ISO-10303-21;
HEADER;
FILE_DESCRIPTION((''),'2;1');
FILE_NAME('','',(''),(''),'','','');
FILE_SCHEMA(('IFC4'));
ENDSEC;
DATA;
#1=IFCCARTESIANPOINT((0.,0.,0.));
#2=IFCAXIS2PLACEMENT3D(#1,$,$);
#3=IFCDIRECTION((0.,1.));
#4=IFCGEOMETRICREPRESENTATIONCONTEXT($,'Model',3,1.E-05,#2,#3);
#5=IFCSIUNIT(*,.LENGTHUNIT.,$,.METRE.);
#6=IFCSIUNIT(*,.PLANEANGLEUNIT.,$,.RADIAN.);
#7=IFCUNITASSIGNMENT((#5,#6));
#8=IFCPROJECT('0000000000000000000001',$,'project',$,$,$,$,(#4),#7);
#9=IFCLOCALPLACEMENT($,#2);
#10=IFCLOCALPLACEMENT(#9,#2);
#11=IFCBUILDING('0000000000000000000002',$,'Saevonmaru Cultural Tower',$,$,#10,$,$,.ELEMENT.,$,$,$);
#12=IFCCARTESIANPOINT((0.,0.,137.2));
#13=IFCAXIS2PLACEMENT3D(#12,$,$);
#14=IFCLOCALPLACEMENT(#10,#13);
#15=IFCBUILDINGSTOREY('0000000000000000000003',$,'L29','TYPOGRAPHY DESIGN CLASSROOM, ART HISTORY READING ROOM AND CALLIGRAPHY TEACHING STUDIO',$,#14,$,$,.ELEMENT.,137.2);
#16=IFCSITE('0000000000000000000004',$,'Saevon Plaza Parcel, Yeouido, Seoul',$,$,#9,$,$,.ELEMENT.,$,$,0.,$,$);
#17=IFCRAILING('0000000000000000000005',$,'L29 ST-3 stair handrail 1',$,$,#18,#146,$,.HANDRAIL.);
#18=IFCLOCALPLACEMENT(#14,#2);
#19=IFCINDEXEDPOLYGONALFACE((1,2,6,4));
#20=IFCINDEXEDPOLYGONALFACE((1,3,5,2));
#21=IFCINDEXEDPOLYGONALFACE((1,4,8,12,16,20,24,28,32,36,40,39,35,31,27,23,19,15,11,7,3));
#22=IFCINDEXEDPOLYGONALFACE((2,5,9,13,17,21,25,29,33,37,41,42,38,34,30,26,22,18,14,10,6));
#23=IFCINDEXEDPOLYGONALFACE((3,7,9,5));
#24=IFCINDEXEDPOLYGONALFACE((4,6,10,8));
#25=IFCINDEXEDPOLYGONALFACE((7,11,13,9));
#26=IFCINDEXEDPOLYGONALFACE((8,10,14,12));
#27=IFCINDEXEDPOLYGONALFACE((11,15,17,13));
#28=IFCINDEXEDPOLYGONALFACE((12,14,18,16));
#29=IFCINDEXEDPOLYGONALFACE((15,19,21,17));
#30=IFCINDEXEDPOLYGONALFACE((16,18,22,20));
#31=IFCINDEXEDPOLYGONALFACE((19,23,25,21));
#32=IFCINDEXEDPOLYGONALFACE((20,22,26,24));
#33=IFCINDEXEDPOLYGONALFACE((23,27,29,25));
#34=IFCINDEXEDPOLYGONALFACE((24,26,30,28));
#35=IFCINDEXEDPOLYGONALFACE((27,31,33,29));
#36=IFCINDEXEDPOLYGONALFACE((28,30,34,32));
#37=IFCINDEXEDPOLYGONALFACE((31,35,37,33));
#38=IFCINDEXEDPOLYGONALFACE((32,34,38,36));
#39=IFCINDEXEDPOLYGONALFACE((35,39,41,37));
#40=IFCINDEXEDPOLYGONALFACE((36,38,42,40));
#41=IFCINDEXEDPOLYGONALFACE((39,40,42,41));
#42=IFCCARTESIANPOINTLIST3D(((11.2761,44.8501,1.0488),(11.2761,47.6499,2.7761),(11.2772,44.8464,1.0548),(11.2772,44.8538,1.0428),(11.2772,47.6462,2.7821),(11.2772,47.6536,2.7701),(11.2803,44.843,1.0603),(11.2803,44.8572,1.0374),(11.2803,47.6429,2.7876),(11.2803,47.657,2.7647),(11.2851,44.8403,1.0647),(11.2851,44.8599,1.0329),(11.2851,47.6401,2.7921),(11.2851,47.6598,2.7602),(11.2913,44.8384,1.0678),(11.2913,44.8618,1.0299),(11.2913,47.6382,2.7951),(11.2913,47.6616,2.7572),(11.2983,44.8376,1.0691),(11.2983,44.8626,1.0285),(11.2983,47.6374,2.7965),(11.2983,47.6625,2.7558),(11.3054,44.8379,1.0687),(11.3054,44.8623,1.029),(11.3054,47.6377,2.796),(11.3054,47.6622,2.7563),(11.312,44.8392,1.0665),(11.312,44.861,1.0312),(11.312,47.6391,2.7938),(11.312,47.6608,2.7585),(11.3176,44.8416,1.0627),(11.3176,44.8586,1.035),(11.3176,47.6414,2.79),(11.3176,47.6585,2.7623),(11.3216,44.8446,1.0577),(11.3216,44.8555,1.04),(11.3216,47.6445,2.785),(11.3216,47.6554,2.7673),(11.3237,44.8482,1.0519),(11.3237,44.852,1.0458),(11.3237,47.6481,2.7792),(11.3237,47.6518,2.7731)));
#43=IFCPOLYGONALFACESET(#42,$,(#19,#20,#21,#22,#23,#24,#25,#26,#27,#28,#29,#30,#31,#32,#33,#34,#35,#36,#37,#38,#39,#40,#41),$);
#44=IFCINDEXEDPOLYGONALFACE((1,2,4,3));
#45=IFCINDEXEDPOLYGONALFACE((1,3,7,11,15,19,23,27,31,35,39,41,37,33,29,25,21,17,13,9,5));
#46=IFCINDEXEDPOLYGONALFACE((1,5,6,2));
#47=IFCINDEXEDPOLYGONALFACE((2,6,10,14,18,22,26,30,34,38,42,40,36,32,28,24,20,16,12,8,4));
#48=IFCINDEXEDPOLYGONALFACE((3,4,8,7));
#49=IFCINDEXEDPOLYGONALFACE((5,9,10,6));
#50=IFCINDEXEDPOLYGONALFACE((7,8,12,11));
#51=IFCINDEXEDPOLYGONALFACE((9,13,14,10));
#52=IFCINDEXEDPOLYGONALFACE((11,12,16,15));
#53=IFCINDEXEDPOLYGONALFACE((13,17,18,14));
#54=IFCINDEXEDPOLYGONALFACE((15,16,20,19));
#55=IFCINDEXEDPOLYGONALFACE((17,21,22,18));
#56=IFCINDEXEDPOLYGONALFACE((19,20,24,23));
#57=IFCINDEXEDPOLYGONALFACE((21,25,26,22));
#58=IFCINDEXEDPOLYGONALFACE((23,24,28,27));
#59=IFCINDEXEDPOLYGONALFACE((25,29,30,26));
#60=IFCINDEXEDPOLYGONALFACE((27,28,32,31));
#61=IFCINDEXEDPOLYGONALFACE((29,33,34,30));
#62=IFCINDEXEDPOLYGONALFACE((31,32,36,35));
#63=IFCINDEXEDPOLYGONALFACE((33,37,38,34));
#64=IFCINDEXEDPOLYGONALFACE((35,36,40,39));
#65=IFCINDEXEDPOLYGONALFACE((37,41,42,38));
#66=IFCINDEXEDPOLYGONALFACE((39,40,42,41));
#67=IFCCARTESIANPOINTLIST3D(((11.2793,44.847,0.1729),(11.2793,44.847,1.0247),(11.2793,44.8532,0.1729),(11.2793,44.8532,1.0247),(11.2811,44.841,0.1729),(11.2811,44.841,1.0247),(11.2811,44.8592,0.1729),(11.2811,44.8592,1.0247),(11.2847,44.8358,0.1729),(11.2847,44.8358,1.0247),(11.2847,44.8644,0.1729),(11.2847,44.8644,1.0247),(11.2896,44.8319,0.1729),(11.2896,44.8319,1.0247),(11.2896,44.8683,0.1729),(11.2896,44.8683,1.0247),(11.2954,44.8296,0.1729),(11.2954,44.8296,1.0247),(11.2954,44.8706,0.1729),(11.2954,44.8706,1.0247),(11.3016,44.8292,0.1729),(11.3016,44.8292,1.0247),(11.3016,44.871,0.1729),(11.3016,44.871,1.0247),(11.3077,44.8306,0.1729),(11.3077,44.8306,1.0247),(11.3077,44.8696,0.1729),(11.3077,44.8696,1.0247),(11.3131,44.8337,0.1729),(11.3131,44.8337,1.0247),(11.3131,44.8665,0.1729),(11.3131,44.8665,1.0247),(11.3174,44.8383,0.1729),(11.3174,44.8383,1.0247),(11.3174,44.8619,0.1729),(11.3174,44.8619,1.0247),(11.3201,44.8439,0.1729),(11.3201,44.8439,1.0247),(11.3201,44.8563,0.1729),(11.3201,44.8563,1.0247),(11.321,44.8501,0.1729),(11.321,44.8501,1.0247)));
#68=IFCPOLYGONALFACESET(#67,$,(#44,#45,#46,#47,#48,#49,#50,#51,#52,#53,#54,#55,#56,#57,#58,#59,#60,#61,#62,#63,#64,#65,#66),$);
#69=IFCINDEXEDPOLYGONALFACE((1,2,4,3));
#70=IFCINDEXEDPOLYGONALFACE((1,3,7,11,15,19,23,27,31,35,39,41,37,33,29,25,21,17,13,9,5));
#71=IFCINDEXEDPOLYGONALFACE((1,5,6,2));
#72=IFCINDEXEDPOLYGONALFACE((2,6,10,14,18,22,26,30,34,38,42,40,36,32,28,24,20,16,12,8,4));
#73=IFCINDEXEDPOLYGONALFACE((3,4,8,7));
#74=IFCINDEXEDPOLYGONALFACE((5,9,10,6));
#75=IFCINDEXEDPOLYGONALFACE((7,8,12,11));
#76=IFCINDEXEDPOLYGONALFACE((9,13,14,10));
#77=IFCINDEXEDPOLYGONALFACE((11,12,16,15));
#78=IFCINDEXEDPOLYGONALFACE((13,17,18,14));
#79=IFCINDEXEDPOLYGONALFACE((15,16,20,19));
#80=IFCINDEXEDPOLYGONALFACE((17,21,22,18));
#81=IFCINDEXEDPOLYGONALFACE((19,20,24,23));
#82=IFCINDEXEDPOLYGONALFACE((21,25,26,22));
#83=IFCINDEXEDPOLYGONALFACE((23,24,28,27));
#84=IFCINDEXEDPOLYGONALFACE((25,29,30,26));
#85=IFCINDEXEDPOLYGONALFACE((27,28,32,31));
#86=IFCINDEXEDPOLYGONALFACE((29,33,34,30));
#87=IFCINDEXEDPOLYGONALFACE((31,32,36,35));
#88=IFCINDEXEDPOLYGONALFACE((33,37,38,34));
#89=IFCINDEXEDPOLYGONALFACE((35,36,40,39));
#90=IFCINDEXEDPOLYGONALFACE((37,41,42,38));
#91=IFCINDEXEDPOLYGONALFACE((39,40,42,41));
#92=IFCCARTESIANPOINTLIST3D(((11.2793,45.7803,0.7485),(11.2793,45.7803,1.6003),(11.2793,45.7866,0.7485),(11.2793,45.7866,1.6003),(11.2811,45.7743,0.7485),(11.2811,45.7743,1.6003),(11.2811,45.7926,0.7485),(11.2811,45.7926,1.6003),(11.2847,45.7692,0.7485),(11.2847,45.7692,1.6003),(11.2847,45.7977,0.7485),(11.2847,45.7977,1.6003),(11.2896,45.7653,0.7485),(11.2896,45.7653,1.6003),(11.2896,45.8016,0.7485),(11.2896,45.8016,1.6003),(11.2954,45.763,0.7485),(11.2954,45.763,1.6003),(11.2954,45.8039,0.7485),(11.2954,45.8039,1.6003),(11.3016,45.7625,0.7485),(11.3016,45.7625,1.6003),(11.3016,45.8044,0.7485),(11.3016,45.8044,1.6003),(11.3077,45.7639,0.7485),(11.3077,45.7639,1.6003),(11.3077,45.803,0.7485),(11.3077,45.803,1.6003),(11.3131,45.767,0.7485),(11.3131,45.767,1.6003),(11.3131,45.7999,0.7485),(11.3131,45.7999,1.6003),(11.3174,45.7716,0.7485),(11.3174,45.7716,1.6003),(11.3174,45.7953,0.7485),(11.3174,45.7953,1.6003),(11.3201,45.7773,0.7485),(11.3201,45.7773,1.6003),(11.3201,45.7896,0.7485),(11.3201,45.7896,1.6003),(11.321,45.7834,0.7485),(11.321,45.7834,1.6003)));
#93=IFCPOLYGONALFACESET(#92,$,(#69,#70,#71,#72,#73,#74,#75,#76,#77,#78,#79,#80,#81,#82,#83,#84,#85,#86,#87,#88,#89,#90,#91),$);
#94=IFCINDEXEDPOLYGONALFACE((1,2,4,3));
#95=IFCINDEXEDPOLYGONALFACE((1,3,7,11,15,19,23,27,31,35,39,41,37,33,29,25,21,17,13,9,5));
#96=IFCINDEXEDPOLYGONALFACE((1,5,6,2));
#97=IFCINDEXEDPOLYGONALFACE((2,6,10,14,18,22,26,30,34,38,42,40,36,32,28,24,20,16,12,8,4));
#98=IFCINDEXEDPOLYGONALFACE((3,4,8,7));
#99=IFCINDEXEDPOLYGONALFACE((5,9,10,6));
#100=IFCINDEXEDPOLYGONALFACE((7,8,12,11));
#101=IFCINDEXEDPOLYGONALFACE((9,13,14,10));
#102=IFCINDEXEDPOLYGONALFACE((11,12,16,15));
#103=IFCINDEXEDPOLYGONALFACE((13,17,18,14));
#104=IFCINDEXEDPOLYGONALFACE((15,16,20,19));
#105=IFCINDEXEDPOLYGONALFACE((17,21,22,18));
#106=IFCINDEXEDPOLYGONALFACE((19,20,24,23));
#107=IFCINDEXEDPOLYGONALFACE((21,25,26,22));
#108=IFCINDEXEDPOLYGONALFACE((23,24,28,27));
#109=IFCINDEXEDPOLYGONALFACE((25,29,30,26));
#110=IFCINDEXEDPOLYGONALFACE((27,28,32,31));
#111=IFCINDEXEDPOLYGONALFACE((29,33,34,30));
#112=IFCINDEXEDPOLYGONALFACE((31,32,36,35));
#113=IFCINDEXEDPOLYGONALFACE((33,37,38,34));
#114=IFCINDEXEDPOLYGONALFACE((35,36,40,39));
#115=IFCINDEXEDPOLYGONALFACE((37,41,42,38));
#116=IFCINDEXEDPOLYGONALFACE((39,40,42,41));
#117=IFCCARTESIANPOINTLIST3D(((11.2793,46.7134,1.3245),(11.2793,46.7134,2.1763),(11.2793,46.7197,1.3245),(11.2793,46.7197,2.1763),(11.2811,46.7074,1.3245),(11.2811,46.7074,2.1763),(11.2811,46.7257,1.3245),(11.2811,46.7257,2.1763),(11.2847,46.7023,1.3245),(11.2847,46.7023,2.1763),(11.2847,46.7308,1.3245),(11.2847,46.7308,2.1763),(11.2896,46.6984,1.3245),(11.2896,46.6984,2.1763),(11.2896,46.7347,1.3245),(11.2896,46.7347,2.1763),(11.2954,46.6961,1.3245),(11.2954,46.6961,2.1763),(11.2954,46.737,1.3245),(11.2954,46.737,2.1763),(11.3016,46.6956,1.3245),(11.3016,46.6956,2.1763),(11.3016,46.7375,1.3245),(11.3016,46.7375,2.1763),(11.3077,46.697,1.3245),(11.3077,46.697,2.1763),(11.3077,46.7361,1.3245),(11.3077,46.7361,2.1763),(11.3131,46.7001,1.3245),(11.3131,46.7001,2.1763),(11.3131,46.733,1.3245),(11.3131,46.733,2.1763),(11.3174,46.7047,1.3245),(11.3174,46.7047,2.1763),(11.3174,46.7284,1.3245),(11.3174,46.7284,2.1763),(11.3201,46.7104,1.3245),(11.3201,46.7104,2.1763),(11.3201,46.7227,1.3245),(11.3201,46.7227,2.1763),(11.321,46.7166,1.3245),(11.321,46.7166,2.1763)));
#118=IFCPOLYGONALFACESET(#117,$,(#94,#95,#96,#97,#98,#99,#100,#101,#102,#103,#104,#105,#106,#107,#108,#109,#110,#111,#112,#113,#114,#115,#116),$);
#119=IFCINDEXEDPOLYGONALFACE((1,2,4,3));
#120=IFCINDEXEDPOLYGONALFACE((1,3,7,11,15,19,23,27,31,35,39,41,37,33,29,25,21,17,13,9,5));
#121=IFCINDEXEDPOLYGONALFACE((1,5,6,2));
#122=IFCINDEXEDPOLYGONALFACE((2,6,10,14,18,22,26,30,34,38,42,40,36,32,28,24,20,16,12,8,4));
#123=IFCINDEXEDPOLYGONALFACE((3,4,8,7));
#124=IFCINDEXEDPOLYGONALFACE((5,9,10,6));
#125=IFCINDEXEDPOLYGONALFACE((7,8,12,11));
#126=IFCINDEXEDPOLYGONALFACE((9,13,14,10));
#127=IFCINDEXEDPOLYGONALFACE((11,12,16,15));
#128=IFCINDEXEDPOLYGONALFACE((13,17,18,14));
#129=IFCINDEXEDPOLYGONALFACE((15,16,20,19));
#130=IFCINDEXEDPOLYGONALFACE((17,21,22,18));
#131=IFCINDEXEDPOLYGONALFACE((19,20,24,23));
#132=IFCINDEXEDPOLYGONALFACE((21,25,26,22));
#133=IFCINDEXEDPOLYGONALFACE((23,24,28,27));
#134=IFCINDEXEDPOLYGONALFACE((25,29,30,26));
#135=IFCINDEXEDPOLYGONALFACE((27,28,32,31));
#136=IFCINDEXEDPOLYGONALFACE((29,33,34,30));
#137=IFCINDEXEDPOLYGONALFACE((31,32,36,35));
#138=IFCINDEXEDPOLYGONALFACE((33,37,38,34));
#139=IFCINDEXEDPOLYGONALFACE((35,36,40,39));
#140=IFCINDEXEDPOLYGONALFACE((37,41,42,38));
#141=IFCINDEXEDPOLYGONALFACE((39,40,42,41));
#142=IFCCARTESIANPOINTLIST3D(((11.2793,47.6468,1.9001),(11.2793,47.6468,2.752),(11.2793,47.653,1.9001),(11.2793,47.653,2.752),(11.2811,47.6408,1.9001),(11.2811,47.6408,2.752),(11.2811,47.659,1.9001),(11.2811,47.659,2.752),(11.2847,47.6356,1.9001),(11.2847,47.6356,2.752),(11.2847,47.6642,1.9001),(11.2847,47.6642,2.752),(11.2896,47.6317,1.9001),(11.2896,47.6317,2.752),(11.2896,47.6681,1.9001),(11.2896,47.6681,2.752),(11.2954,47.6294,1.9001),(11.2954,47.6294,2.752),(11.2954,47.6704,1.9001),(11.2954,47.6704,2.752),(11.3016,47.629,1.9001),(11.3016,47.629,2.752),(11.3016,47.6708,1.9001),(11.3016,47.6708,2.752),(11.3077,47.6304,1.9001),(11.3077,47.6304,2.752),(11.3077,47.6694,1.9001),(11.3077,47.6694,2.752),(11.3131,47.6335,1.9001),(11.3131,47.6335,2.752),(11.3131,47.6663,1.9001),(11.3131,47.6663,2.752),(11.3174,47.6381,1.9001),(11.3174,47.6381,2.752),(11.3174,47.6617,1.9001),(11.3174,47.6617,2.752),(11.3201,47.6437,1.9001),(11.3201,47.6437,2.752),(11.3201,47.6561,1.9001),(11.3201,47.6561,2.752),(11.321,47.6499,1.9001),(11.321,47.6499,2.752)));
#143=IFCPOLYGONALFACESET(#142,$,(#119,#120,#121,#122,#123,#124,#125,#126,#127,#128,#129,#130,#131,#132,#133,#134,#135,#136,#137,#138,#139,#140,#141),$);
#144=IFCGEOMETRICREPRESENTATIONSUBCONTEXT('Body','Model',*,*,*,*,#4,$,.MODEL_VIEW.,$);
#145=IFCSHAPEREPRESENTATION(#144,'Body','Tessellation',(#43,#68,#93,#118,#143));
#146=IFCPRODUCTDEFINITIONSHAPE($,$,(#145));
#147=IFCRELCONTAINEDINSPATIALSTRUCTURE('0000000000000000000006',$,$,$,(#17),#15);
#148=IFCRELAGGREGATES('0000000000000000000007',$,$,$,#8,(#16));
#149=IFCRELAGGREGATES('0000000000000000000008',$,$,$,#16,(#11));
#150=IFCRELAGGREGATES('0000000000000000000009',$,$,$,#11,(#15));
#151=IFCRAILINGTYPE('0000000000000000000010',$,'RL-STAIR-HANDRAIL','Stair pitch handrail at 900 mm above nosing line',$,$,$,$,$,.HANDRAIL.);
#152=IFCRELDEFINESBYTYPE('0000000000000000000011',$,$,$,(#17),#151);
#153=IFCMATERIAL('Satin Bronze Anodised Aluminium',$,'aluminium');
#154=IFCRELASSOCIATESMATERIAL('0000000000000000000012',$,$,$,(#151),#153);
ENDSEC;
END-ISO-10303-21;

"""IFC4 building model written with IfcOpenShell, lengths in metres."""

from ifc_helpers import new_model, si_unit, direction, frame, origin, origin_2d, place, context, subcontext, project, spatial, circle, extrude, material, type_object, element, save


model = new_model("IFC4")

# Units and contexts
model_context = context("Model", 3, precision=1e-05, world=origin(), true_north=direction((0.0, 1.0)))
body_context = subcontext(model_context, "Body", "Model", "MODEL_VIEW")
ifc_project = project(units=[si_unit("LENGTHUNIT", "METRE"), si_unit("PLANEANGLEUNIT", "RADIAN")], contexts=[model_context])

# Site, building, storey
site_placement = place(None, origin())
site = spatial("IfcSite", under=ifc_project, at=site_placement, Name="Saevon Plaza Parcel, Yeouido, Seoul", CompositionType="ELEMENT", RefElevation=0.0)
building_placement = place(site_placement, origin())
building = spatial("IfcBuilding", under=site, at=building_placement, Name="Saevonmaru Cultural Tower", CompositionType="ELEMENT")
storey_placement = place(building_placement, frame((0.0, 0.0, 137.2)))
storey = spatial("IfcBuildingStorey", under=building, at=storey_placement, Name="L29", Description="TYPOGRAPHY DESIGN CLASSROOM, ART HISTORY READING ROOM AND CALLIGRAPHY TEACHING STUDIO", CompositionType="ELEMENT", Elevation=137.2)

# Shared definitions
ifc_material_1 = material(Name="Satin Bronze Anodised Aluminium", Category="aluminium")

# Railing
railing_type_1 = type_object("IfcRailingType", Name="RL-STAIR-HANDRAIL", Description="Stair pitch handrail at 900 mm above nosing line", PredefinedType="HANDRAIL", material=ifc_material_1)
railing_1_placement = place(storey_placement, frame((11.3, 44.8501, 0.1729)))
element("IfcRailing", 1, at=railing_1_placement, inside=storey, type_object=railing_type_1, Name="L29 ST-3 stair handrail 1", PredefinedType="HANDRAIL", context=body_context, shape_type="SweptSolid", body=[
    extrude(circle(Radius=0.0239, at=origin_2d()), frame((0.0, 0.0, 0.876), z_axis=(0.0, 0.851069, 0.525054), x_axis=(-1.0, 0.0, 0.0)), (0.0, 0.0, 1.0), 3.2898),
    extrude(circle(Radius=0.021, at=origin_2d()), origin(), (0.0, 0.0, 1.0), 0.8518),
    extrude(circle(Radius=0.021, at=origin_2d()), frame((0.0, 0.9333, 0.5757)), (0.0, 0.0, 1.0), 0.8518),
    extrude(circle(Radius=0.021, at=origin_2d()), frame((0.0, 1.8665, 1.1516)), (0.0, 0.0, 1.0), 0.8518),
    extrude(circle(Radius=0.021, at=origin_2d()), frame((0.0, 2.7998, 1.7273)), (0.0, 0.0, 1.0), 0.8518),
])

save(model, "model.ifc")
